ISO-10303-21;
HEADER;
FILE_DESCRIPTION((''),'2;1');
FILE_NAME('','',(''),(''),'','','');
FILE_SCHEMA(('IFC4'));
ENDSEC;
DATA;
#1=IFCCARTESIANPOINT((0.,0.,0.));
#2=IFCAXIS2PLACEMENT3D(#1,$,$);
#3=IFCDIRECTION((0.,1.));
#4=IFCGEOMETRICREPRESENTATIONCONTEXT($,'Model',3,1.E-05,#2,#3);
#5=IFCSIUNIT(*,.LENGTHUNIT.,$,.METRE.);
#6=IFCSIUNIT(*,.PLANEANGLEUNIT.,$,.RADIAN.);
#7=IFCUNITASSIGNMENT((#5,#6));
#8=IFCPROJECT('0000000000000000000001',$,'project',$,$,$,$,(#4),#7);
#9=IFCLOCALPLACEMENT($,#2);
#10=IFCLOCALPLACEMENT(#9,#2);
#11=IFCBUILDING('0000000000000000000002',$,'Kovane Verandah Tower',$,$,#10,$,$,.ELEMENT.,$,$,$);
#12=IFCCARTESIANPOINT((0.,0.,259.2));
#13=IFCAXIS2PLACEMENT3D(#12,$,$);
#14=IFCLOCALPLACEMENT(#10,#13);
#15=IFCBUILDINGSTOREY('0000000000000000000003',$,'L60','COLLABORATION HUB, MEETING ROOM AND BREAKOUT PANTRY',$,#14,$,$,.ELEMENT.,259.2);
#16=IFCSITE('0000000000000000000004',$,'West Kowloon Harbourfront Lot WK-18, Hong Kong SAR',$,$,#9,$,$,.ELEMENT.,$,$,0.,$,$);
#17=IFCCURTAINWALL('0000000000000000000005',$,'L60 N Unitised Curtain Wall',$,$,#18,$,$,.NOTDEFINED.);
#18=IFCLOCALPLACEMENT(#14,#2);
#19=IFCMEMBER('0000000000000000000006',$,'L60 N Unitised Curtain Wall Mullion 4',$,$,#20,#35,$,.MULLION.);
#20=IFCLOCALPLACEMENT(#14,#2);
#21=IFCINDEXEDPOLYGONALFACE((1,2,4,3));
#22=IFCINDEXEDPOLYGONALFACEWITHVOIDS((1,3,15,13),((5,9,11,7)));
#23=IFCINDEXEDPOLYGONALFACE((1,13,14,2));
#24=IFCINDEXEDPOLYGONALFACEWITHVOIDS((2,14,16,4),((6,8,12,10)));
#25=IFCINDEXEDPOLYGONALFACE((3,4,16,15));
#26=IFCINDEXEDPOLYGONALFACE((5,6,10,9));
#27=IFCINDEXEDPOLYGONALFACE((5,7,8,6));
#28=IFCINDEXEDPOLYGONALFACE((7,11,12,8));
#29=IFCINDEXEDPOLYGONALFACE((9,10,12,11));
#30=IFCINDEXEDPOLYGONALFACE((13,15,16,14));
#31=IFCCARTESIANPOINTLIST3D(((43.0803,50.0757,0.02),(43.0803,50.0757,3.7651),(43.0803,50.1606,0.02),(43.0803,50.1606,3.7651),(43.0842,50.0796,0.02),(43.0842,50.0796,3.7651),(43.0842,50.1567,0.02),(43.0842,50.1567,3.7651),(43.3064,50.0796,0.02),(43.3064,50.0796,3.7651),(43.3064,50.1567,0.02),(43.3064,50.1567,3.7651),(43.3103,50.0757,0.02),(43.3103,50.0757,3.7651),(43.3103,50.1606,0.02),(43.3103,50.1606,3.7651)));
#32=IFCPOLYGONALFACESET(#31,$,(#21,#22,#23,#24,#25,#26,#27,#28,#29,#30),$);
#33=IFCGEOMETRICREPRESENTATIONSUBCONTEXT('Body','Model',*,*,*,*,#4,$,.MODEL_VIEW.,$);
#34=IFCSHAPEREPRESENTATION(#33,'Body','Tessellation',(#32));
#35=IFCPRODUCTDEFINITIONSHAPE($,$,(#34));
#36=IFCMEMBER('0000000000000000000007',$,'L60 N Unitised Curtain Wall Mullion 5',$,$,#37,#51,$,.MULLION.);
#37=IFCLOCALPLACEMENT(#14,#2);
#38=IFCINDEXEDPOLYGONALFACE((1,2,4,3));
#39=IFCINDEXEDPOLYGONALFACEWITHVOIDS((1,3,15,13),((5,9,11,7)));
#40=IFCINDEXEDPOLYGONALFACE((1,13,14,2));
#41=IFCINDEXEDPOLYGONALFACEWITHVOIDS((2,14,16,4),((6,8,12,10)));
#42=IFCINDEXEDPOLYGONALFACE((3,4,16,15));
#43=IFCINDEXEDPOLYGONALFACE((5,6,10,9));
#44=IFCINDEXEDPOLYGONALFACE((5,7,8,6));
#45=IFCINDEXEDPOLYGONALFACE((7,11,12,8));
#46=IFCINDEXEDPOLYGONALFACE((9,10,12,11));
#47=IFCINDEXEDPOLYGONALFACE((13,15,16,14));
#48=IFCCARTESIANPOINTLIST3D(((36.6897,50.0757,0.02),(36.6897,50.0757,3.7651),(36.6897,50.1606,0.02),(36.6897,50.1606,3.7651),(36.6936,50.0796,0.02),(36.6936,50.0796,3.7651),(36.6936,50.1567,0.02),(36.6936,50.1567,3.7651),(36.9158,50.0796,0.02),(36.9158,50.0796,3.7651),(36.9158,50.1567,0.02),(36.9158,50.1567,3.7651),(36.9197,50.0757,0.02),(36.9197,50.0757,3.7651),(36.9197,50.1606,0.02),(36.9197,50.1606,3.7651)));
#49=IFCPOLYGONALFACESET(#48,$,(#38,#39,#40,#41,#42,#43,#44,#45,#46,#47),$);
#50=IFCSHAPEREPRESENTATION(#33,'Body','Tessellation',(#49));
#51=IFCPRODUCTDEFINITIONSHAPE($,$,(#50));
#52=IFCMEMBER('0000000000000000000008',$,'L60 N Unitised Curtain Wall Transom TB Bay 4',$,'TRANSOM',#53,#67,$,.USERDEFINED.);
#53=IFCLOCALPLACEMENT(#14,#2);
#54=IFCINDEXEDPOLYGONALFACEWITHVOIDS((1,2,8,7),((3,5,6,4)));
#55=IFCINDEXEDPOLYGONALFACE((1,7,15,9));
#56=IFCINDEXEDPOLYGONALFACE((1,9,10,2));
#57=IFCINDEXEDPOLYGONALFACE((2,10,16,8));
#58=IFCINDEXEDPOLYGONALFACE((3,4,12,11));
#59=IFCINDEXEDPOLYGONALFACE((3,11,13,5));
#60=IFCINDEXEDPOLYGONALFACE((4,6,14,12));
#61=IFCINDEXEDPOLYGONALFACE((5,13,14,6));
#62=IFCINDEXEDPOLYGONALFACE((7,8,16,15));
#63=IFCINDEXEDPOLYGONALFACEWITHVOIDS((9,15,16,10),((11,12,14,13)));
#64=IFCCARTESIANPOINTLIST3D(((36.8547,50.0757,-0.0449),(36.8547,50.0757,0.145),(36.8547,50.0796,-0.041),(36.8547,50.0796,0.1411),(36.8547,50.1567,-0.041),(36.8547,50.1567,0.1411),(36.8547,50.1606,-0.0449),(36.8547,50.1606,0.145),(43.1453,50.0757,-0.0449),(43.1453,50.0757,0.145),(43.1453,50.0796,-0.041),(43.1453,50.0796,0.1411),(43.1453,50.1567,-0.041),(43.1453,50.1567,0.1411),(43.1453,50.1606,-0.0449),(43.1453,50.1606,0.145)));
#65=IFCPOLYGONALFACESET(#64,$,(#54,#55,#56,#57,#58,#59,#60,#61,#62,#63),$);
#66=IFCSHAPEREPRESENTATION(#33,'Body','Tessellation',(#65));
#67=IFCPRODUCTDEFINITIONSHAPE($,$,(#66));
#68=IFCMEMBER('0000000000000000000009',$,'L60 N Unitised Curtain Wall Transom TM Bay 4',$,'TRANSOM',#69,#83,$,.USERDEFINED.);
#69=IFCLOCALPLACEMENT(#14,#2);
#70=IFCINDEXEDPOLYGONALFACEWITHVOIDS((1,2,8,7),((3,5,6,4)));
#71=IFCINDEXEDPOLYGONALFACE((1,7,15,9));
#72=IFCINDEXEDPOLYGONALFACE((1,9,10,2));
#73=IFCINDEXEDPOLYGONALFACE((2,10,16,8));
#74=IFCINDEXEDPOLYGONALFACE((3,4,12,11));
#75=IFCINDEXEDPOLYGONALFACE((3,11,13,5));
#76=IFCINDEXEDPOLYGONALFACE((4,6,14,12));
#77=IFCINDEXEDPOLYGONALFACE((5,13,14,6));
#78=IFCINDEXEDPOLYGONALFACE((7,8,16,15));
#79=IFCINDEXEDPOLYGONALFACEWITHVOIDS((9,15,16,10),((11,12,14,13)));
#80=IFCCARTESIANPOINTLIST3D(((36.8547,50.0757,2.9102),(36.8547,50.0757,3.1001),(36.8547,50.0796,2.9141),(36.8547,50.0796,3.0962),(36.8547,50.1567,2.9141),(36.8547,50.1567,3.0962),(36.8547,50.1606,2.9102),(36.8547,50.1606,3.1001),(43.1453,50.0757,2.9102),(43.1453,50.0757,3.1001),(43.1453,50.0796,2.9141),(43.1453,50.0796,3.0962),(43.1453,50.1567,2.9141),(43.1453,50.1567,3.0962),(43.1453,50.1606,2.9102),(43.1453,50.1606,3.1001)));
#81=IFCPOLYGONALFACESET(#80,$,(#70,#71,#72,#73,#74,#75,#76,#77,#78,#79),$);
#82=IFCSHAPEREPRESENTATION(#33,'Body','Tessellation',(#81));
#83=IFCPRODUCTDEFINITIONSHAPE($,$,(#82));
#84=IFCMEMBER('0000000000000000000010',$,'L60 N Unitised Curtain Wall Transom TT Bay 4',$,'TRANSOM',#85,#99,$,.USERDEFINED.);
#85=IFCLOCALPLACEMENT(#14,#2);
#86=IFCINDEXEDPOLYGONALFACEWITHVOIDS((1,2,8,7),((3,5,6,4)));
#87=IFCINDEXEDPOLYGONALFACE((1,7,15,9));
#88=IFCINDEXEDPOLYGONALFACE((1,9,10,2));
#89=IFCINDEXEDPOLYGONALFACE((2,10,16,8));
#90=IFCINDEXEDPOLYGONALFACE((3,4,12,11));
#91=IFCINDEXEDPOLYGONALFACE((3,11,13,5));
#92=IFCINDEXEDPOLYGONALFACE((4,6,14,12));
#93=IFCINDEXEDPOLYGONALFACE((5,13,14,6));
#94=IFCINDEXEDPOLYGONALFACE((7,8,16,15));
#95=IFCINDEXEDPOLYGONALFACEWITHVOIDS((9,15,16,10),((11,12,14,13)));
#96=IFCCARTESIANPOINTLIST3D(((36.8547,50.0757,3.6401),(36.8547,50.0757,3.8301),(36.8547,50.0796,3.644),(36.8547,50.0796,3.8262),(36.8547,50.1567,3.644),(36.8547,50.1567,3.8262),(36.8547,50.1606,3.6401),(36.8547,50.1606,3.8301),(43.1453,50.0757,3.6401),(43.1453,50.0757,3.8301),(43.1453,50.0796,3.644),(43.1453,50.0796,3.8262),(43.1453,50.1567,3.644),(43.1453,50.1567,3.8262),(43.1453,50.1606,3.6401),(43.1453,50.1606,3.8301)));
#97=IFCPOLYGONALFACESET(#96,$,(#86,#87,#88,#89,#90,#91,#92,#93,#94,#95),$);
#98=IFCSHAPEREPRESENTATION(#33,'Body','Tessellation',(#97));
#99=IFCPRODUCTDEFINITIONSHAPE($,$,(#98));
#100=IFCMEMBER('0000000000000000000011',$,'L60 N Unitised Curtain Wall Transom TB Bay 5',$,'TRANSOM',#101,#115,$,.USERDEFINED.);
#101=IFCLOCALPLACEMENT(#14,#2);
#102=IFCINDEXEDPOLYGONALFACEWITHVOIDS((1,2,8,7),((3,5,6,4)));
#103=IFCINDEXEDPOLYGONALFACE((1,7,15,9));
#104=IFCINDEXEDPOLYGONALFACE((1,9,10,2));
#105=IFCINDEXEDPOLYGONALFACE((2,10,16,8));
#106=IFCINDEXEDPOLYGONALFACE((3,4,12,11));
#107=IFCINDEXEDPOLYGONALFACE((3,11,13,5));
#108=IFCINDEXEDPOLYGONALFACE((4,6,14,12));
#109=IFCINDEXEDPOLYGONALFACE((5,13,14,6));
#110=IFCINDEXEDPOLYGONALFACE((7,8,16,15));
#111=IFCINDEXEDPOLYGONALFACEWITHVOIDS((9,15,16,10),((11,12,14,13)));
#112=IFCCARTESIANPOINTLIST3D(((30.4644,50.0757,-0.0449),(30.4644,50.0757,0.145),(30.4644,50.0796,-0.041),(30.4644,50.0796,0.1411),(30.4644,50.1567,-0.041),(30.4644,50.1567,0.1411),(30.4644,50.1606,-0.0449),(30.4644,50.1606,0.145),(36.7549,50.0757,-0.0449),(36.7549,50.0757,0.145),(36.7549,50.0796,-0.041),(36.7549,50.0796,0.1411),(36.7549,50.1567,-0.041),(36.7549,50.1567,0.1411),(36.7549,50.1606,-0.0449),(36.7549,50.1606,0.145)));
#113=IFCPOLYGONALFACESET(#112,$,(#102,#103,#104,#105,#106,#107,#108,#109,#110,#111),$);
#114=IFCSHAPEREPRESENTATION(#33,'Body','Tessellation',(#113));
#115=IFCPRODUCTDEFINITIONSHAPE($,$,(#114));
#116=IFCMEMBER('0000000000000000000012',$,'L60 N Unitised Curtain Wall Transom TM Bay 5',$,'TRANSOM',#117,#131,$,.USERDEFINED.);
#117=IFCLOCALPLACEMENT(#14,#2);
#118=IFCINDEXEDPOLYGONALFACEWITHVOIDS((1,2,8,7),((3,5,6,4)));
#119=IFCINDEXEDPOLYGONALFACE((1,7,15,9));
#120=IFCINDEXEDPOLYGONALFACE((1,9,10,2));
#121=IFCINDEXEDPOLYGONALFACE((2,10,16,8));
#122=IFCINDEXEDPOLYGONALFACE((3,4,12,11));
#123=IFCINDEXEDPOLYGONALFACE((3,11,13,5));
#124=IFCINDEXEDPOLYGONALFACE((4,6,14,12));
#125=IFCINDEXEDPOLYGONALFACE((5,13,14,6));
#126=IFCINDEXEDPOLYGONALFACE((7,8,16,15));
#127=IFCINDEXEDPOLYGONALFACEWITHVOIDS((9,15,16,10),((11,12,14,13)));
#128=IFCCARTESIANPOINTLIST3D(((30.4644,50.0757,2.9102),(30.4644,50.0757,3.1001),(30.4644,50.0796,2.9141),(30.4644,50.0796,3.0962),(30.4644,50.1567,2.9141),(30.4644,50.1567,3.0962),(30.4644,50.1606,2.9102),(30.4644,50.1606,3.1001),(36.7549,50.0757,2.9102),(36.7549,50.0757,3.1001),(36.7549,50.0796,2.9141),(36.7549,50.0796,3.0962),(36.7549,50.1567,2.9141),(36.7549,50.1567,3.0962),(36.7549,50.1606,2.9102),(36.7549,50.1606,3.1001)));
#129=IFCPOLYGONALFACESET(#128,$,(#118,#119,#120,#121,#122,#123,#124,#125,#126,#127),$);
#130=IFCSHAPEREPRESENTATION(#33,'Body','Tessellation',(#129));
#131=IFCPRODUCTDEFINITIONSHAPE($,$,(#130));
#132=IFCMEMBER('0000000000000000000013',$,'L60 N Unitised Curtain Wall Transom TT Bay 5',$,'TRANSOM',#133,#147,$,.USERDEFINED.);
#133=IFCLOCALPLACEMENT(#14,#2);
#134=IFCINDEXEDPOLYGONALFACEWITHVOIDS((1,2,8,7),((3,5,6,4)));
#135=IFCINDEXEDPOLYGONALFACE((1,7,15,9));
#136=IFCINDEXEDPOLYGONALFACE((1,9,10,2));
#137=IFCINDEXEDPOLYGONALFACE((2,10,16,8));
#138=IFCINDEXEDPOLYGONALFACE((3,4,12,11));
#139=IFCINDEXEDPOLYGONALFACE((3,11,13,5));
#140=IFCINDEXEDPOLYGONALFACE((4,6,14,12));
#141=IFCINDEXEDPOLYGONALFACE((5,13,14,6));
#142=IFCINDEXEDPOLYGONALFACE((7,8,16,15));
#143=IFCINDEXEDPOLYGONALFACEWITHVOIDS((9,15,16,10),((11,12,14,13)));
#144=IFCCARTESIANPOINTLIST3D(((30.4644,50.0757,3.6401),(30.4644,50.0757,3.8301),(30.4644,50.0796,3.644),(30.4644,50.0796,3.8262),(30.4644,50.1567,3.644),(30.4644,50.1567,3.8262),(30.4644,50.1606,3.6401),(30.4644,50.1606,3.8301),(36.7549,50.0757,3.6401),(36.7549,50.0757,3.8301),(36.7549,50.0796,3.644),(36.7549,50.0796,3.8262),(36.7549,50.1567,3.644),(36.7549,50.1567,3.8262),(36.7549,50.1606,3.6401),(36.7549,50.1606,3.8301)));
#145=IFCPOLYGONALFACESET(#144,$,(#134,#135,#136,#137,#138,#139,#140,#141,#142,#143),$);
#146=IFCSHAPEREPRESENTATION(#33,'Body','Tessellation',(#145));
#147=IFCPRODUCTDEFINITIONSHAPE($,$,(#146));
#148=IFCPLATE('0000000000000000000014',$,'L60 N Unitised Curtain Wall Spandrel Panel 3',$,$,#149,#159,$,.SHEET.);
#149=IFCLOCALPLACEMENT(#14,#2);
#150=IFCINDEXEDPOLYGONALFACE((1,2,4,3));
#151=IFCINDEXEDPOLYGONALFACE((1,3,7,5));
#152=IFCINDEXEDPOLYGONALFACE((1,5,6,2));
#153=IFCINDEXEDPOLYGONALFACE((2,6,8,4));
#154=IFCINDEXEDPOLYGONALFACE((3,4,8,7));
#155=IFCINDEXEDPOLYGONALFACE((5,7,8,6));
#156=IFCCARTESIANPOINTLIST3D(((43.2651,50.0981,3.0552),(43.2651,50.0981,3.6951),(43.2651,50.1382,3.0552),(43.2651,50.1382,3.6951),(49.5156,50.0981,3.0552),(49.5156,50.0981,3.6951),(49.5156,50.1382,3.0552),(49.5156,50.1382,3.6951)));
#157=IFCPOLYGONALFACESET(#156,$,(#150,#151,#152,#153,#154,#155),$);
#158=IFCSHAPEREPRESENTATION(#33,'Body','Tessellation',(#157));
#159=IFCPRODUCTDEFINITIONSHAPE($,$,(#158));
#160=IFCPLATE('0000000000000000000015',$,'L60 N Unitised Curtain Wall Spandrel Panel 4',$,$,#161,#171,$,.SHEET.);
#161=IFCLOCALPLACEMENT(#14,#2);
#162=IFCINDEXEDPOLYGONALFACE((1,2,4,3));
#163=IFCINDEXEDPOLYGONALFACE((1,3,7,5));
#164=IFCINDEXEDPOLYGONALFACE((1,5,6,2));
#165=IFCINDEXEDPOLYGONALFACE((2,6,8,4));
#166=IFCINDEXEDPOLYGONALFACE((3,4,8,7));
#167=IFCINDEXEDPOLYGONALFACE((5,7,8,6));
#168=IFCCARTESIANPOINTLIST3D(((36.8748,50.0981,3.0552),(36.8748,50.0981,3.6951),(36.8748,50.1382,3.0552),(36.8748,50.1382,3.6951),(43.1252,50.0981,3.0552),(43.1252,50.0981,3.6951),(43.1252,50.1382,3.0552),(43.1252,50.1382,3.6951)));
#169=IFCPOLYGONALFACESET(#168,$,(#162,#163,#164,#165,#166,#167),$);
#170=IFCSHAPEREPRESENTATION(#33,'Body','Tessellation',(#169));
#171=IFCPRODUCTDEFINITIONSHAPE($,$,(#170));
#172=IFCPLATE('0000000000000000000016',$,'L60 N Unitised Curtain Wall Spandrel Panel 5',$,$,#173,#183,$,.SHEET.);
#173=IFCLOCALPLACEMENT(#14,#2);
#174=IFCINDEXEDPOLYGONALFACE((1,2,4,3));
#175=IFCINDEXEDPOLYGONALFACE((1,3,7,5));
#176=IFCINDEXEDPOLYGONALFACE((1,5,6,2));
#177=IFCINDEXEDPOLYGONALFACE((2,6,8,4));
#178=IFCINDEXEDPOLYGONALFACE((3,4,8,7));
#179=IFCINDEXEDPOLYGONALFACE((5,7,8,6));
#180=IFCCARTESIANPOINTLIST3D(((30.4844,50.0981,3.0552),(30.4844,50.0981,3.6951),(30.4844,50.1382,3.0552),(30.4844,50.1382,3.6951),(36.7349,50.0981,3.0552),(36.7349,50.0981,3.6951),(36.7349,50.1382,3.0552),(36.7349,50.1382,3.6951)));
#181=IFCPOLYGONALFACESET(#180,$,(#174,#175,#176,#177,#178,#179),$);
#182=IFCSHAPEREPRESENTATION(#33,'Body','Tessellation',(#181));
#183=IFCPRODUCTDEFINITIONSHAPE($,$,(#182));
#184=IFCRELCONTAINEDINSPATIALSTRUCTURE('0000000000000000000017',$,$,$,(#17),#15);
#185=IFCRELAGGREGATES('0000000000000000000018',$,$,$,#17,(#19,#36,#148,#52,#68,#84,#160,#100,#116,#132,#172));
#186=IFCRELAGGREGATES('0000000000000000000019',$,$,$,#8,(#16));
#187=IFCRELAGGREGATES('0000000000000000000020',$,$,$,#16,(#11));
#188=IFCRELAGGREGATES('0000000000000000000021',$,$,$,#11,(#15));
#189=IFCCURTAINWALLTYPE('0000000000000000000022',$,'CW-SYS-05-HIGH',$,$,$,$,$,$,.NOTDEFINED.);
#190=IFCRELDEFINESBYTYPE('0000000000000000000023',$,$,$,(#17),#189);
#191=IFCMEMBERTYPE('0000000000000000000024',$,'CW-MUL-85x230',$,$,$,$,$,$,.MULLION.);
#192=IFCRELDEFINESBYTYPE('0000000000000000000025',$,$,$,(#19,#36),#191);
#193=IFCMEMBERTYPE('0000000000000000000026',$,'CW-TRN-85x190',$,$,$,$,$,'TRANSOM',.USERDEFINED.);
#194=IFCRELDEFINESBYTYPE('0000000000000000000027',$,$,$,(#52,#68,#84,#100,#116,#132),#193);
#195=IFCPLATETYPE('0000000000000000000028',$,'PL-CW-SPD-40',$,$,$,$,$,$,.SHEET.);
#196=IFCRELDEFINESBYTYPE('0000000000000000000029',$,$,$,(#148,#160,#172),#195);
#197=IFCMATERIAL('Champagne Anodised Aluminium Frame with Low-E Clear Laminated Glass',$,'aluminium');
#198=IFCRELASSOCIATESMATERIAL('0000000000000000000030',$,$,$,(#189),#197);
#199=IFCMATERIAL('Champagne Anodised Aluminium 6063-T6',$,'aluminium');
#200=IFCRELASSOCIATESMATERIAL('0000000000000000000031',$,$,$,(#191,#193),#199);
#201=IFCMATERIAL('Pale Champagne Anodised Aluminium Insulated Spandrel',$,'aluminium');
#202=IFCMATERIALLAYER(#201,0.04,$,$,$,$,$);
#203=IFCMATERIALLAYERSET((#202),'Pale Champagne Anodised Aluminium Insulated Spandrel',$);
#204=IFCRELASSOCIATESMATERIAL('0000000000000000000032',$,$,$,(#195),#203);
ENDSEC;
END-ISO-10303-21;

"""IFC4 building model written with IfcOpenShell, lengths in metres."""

from ifc_helpers import new_model, si_unit, direction, frame, origin, origin_2d, place, context, subcontext, project, spatial, rectangle, hollow_rectangle, extrude, material, layer, layer_set, material_profile, profile_set, type_object, element, aggregate, save


model = new_model("IFC4")

# Units and contexts
model_context = context("Model", 3, precision=1e-05, world=origin(), true_north=direction((0.0, 1.0)))
body_context = subcontext(model_context, "Body", "Model", "MODEL_VIEW")
ifc_project = project(units=[si_unit("LENGTHUNIT", "METRE"), si_unit("PLANEANGLEUNIT", "RADIAN")], contexts=[model_context])

# Site, building, storey
site_placement = place(None, origin())
site = spatial("IfcSite", under=ifc_project, at=site_placement, Name="West Kowloon Harbourfront Lot WK-18, Hong Kong SAR", CompositionType="ELEMENT", RefElevation=0.0)
building_placement = place(site_placement, origin())
building = spatial("IfcBuilding", under=site, at=building_placement, Name="Kovane Verandah Tower", CompositionType="ELEMENT")
storey_placement = place(building_placement, frame((0.0, 0.0, 259.2)))
storey = spatial("IfcBuildingStorey", under=building, at=storey_placement, Name="L60", Description="COLLABORATION HUB, MEETING ROOM AND BREAKOUT PANTRY", CompositionType="ELEMENT", Elevation=259.2)

# Curtain wall, members, plates
ifc_material_1 = material(Name="Champagne Anodised Aluminium Frame with Low-E Clear Laminated Glass", Category="aluminium")
curtain_wall_type = type_object("IfcCurtainWallType", Name="CW-SYS-05-HIGH", PredefinedType="NOTDEFINED", material=ifc_material_1)
curtain_wall_placement = place(storey_placement, origin())
curtain_wall = element("IfcCurtainWall", 1, at=curtain_wall_placement, inside=storey, type_object=curtain_wall_type, Name="L60 N Unitised Curtain Wall", PredefinedType="NOTDEFINED")
ifc_material_2 = material(Name="Champagne Anodised Aluminium 6063-T6", Category="aluminium")
ifc_material_profile_1 = material_profile(ifc_material_2, hollow_rectangle(XDim=0.085, YDim=0.23, WallThickness=0.0039, at=origin_2d()), Name="AL85x230x4")
ifc_profile_set_1 = profile_set([ifc_material_profile_1], Name="Champagne Anodised Aluminium 6063-T6")
member_type_1 = type_object("IfcMemberType", Name="CW-MUL-85x230", PredefinedType="MULLION", material=ifc_profile_set_1)
member_1_placement = place(storey_placement, frame((43.1953, 50.1182, 0.02), z_axis=(0.0, 0.0, 1.0), x_axis=(0.0, 1.0, 0.0)))
member_1 = element("IfcMember", 2, at=member_1_placement, type_object=member_type_1, Name="L60 N Unitised Curtain Wall Mullion 4", PredefinedType="MULLION", context=body_context, shape_type="SweptSolid", body=[
    extrude(hollow_rectangle(XDim=0.085, YDim=0.23, WallThickness=0.0039, at=origin_2d()), origin(), (0.0, 0.0, 1.0), 3.7451),
])
member_2_placement = place(storey_placement, frame((36.8047, 50.1182, 0.02), z_axis=(0.0, 0.0, 1.0), x_axis=(0.0, 1.0, 0.0)))
member_2 = element("IfcMember", 3, at=member_2_placement, type_object=member_type_1, Name="L60 N Unitised Curtain Wall Mullion 5", PredefinedType="MULLION", context=body_context, shape_type="SweptSolid", body=[
    extrude(hollow_rectangle(XDim=0.085, YDim=0.23, WallThickness=0.0039, at=origin_2d()), origin(), (0.0, 0.0, 1.0), 3.7451),
])
ifc_material_profile_2 = material_profile(ifc_material_2, hollow_rectangle(XDim=0.085, YDim=0.1899, WallThickness=0.0039, at=origin_2d()), Name="AL85x190x4")
ifc_profile_set_2 = profile_set([ifc_material_profile_2], Name="Champagne Anodised Aluminium 6063-T6")
member_type_2 = type_object("IfcMemberType", Name="CW-TRN-85x190", ElementType="TRANSOM", PredefinedType="USERDEFINED", material=ifc_profile_set_2)
member_3_placement = place(storey_placement, frame((43.1453, 50.1182, 0.05), z_axis=(-1.0, 0.0, 0.0), x_axis=(0.0, -1.0, 0.0)))
member_3 = element("IfcMember", 4, at=member_3_placement, type_object=member_type_2, Name="L60 N Unitised Curtain Wall Transom TB Bay 4", ObjectType="TRANSOM", PredefinedType="USERDEFINED", context=body_context, shape_type="SweptSolid", body=[
    extrude(hollow_rectangle(XDim=0.085, YDim=0.1899, WallThickness=0.0039, at=origin_2d()), origin(), (0.0, 0.0, 1.0), 6.2905),
])
member_4_placement = place(storey_placement, frame((43.1453, 50.1182, 3.0051), z_axis=(-1.0, 0.0, 0.0), x_axis=(0.0, -1.0, 0.0)))
member_4 = element("IfcMember", 5, at=member_4_placement, type_object=member_type_2, Name="L60 N Unitised Curtain Wall Transom TM Bay 4", ObjectType="TRANSOM", PredefinedType="USERDEFINED", context=body_context, shape_type="SweptSolid", body=[
    extrude(hollow_rectangle(XDim=0.085, YDim=0.1899, WallThickness=0.0039, at=origin_2d()), origin(), (0.0, 0.0, 1.0), 6.2905),
])
member_5_placement = place(storey_placement, frame((43.1453, 50.1182, 3.7351), z_axis=(-1.0, 0.0, 0.0), x_axis=(0.0, -1.0, 0.0)))
member_5 = element("IfcMember", 6, at=member_5_placement, type_object=member_type_2, Name="L60 N Unitised Curtain Wall Transom TT Bay 4", ObjectType="TRANSOM", PredefinedType="USERDEFINED", context=body_context, shape_type="SweptSolid", body=[
    extrude(hollow_rectangle(XDim=0.085, YDim=0.1899, WallThickness=0.0039, at=origin_2d()), origin(), (0.0, 0.0, 1.0), 6.2905),
])
member_6_placement = place(storey_placement, frame((36.7549, 50.1182, 0.05), z_axis=(-1.0, 0.0, 0.0), x_axis=(0.0, -1.0, 0.0)))
member_6 = element("IfcMember", 7, at=member_6_placement, type_object=member_type_2, Name="L60 N Unitised Curtain Wall Transom TB Bay 5", ObjectType="TRANSOM", PredefinedType="USERDEFINED", context=body_context, shape_type="SweptSolid", body=[
    extrude(hollow_rectangle(XDim=0.085, YDim=0.1899, WallThickness=0.0039, at=origin_2d()), origin(), (0.0, 0.0, 1.0), 6.2905),
])
member_7_placement = place(storey_placement, frame((36.7549, 50.1182, 3.0051), z_axis=(-1.0, 0.0, 0.0), x_axis=(0.0, -1.0, 0.0)))
member_7 = element("IfcMember", 8, at=member_7_placement, type_object=member_type_2, Name="L60 N Unitised Curtain Wall Transom TM Bay 5", ObjectType="TRANSOM", PredefinedType="USERDEFINED", context=body_context, shape_type="SweptSolid", body=[
    extrude(hollow_rectangle(XDim=0.085, YDim=0.1899, WallThickness=0.0039, at=origin_2d()), origin(), (0.0, 0.0, 1.0), 6.2905),
])
member_8_placement = place(storey_placement, frame((36.7549, 50.1182, 3.7351), z_axis=(-1.0, 0.0, 0.0), x_axis=(0.0, -1.0, 0.0)))
member_8 = element("IfcMember", 9, at=member_8_placement, type_object=member_type_2, Name="L60 N Unitised Curtain Wall Transom TT Bay 5", ObjectType="TRANSOM", PredefinedType="USERDEFINED", context=body_context, shape_type="SweptSolid", body=[
    extrude(hollow_rectangle(XDim=0.085, YDim=0.1899, WallThickness=0.0039, at=origin_2d()), origin(), (0.0, 0.0, 1.0), 6.2905),
])
ifc_material_3 = material(Name="Pale Champagne Anodised Aluminium Insulated Spandrel", Category="aluminium")
ifc_layer_1 = layer(ifc_material_3, 0.04)
ifc_layer_set_1 = layer_set([ifc_layer_1], Name="Pale Champagne Anodised Aluminium Insulated Spandrel")
plate_type_1 = type_object("IfcPlateType", Name="PL-CW-SPD-40", PredefinedType="SHEET", material=ifc_layer_set_1)
plate_1_placement = place(storey_placement, frame((46.3904, 50.1182, 3.0552), z_axis=(0.0, 0.0, 1.0), x_axis=(-1.0, 0.0, 0.0)))
plate_1 = element("IfcPlate", 10, at=plate_1_placement, type_object=plate_type_1, Name="L60 N Unitised Curtain Wall Spandrel Panel 3", PredefinedType="SHEET", context=body_context, shape_type="SweptSolid", body=[
    extrude(rectangle(XDim=6.2505, YDim=0.04, at=origin_2d()), origin(), (0.0, 0.0, 1.0), 0.6399),
])
plate_2_placement = place(storey_placement, frame((40.0, 50.1182, 3.0552), z_axis=(0.0, 0.0, 1.0), x_axis=(-1.0, 0.0, 0.0)))
plate_2 = element("IfcPlate", 11, at=plate_2_placement, type_object=plate_type_1, Name="L60 N Unitised Curtain Wall Spandrel Panel 4", PredefinedType="SHEET", context=body_context, shape_type="SweptSolid", body=[
    extrude(rectangle(XDim=6.2505, YDim=0.04, at=origin_2d()), origin(), (0.0, 0.0, 1.0), 0.6399),
])
plate_3_placement = place(storey_placement, frame((33.6096, 50.1182, 3.0552), z_axis=(0.0, 0.0, 1.0), x_axis=(-1.0, 0.0, 0.0)))
plate_3 = element("IfcPlate", 12, at=plate_3_placement, type_object=plate_type_1, Name="L60 N Unitised Curtain Wall Spandrel Panel 5", PredefinedType="SHEET", context=body_context, shape_type="SweptSolid", body=[
    extrude(rectangle(XDim=6.2505, YDim=0.04, at=origin_2d()), origin(), (0.0, 0.0, 1.0), 0.6399),
])
aggregate(curtain_wall, [member_1, member_2, plate_1, member_3, member_4, member_5, plate_2, member_6, member_7, member_8, plate_3])

save(model, "model.ifc")
